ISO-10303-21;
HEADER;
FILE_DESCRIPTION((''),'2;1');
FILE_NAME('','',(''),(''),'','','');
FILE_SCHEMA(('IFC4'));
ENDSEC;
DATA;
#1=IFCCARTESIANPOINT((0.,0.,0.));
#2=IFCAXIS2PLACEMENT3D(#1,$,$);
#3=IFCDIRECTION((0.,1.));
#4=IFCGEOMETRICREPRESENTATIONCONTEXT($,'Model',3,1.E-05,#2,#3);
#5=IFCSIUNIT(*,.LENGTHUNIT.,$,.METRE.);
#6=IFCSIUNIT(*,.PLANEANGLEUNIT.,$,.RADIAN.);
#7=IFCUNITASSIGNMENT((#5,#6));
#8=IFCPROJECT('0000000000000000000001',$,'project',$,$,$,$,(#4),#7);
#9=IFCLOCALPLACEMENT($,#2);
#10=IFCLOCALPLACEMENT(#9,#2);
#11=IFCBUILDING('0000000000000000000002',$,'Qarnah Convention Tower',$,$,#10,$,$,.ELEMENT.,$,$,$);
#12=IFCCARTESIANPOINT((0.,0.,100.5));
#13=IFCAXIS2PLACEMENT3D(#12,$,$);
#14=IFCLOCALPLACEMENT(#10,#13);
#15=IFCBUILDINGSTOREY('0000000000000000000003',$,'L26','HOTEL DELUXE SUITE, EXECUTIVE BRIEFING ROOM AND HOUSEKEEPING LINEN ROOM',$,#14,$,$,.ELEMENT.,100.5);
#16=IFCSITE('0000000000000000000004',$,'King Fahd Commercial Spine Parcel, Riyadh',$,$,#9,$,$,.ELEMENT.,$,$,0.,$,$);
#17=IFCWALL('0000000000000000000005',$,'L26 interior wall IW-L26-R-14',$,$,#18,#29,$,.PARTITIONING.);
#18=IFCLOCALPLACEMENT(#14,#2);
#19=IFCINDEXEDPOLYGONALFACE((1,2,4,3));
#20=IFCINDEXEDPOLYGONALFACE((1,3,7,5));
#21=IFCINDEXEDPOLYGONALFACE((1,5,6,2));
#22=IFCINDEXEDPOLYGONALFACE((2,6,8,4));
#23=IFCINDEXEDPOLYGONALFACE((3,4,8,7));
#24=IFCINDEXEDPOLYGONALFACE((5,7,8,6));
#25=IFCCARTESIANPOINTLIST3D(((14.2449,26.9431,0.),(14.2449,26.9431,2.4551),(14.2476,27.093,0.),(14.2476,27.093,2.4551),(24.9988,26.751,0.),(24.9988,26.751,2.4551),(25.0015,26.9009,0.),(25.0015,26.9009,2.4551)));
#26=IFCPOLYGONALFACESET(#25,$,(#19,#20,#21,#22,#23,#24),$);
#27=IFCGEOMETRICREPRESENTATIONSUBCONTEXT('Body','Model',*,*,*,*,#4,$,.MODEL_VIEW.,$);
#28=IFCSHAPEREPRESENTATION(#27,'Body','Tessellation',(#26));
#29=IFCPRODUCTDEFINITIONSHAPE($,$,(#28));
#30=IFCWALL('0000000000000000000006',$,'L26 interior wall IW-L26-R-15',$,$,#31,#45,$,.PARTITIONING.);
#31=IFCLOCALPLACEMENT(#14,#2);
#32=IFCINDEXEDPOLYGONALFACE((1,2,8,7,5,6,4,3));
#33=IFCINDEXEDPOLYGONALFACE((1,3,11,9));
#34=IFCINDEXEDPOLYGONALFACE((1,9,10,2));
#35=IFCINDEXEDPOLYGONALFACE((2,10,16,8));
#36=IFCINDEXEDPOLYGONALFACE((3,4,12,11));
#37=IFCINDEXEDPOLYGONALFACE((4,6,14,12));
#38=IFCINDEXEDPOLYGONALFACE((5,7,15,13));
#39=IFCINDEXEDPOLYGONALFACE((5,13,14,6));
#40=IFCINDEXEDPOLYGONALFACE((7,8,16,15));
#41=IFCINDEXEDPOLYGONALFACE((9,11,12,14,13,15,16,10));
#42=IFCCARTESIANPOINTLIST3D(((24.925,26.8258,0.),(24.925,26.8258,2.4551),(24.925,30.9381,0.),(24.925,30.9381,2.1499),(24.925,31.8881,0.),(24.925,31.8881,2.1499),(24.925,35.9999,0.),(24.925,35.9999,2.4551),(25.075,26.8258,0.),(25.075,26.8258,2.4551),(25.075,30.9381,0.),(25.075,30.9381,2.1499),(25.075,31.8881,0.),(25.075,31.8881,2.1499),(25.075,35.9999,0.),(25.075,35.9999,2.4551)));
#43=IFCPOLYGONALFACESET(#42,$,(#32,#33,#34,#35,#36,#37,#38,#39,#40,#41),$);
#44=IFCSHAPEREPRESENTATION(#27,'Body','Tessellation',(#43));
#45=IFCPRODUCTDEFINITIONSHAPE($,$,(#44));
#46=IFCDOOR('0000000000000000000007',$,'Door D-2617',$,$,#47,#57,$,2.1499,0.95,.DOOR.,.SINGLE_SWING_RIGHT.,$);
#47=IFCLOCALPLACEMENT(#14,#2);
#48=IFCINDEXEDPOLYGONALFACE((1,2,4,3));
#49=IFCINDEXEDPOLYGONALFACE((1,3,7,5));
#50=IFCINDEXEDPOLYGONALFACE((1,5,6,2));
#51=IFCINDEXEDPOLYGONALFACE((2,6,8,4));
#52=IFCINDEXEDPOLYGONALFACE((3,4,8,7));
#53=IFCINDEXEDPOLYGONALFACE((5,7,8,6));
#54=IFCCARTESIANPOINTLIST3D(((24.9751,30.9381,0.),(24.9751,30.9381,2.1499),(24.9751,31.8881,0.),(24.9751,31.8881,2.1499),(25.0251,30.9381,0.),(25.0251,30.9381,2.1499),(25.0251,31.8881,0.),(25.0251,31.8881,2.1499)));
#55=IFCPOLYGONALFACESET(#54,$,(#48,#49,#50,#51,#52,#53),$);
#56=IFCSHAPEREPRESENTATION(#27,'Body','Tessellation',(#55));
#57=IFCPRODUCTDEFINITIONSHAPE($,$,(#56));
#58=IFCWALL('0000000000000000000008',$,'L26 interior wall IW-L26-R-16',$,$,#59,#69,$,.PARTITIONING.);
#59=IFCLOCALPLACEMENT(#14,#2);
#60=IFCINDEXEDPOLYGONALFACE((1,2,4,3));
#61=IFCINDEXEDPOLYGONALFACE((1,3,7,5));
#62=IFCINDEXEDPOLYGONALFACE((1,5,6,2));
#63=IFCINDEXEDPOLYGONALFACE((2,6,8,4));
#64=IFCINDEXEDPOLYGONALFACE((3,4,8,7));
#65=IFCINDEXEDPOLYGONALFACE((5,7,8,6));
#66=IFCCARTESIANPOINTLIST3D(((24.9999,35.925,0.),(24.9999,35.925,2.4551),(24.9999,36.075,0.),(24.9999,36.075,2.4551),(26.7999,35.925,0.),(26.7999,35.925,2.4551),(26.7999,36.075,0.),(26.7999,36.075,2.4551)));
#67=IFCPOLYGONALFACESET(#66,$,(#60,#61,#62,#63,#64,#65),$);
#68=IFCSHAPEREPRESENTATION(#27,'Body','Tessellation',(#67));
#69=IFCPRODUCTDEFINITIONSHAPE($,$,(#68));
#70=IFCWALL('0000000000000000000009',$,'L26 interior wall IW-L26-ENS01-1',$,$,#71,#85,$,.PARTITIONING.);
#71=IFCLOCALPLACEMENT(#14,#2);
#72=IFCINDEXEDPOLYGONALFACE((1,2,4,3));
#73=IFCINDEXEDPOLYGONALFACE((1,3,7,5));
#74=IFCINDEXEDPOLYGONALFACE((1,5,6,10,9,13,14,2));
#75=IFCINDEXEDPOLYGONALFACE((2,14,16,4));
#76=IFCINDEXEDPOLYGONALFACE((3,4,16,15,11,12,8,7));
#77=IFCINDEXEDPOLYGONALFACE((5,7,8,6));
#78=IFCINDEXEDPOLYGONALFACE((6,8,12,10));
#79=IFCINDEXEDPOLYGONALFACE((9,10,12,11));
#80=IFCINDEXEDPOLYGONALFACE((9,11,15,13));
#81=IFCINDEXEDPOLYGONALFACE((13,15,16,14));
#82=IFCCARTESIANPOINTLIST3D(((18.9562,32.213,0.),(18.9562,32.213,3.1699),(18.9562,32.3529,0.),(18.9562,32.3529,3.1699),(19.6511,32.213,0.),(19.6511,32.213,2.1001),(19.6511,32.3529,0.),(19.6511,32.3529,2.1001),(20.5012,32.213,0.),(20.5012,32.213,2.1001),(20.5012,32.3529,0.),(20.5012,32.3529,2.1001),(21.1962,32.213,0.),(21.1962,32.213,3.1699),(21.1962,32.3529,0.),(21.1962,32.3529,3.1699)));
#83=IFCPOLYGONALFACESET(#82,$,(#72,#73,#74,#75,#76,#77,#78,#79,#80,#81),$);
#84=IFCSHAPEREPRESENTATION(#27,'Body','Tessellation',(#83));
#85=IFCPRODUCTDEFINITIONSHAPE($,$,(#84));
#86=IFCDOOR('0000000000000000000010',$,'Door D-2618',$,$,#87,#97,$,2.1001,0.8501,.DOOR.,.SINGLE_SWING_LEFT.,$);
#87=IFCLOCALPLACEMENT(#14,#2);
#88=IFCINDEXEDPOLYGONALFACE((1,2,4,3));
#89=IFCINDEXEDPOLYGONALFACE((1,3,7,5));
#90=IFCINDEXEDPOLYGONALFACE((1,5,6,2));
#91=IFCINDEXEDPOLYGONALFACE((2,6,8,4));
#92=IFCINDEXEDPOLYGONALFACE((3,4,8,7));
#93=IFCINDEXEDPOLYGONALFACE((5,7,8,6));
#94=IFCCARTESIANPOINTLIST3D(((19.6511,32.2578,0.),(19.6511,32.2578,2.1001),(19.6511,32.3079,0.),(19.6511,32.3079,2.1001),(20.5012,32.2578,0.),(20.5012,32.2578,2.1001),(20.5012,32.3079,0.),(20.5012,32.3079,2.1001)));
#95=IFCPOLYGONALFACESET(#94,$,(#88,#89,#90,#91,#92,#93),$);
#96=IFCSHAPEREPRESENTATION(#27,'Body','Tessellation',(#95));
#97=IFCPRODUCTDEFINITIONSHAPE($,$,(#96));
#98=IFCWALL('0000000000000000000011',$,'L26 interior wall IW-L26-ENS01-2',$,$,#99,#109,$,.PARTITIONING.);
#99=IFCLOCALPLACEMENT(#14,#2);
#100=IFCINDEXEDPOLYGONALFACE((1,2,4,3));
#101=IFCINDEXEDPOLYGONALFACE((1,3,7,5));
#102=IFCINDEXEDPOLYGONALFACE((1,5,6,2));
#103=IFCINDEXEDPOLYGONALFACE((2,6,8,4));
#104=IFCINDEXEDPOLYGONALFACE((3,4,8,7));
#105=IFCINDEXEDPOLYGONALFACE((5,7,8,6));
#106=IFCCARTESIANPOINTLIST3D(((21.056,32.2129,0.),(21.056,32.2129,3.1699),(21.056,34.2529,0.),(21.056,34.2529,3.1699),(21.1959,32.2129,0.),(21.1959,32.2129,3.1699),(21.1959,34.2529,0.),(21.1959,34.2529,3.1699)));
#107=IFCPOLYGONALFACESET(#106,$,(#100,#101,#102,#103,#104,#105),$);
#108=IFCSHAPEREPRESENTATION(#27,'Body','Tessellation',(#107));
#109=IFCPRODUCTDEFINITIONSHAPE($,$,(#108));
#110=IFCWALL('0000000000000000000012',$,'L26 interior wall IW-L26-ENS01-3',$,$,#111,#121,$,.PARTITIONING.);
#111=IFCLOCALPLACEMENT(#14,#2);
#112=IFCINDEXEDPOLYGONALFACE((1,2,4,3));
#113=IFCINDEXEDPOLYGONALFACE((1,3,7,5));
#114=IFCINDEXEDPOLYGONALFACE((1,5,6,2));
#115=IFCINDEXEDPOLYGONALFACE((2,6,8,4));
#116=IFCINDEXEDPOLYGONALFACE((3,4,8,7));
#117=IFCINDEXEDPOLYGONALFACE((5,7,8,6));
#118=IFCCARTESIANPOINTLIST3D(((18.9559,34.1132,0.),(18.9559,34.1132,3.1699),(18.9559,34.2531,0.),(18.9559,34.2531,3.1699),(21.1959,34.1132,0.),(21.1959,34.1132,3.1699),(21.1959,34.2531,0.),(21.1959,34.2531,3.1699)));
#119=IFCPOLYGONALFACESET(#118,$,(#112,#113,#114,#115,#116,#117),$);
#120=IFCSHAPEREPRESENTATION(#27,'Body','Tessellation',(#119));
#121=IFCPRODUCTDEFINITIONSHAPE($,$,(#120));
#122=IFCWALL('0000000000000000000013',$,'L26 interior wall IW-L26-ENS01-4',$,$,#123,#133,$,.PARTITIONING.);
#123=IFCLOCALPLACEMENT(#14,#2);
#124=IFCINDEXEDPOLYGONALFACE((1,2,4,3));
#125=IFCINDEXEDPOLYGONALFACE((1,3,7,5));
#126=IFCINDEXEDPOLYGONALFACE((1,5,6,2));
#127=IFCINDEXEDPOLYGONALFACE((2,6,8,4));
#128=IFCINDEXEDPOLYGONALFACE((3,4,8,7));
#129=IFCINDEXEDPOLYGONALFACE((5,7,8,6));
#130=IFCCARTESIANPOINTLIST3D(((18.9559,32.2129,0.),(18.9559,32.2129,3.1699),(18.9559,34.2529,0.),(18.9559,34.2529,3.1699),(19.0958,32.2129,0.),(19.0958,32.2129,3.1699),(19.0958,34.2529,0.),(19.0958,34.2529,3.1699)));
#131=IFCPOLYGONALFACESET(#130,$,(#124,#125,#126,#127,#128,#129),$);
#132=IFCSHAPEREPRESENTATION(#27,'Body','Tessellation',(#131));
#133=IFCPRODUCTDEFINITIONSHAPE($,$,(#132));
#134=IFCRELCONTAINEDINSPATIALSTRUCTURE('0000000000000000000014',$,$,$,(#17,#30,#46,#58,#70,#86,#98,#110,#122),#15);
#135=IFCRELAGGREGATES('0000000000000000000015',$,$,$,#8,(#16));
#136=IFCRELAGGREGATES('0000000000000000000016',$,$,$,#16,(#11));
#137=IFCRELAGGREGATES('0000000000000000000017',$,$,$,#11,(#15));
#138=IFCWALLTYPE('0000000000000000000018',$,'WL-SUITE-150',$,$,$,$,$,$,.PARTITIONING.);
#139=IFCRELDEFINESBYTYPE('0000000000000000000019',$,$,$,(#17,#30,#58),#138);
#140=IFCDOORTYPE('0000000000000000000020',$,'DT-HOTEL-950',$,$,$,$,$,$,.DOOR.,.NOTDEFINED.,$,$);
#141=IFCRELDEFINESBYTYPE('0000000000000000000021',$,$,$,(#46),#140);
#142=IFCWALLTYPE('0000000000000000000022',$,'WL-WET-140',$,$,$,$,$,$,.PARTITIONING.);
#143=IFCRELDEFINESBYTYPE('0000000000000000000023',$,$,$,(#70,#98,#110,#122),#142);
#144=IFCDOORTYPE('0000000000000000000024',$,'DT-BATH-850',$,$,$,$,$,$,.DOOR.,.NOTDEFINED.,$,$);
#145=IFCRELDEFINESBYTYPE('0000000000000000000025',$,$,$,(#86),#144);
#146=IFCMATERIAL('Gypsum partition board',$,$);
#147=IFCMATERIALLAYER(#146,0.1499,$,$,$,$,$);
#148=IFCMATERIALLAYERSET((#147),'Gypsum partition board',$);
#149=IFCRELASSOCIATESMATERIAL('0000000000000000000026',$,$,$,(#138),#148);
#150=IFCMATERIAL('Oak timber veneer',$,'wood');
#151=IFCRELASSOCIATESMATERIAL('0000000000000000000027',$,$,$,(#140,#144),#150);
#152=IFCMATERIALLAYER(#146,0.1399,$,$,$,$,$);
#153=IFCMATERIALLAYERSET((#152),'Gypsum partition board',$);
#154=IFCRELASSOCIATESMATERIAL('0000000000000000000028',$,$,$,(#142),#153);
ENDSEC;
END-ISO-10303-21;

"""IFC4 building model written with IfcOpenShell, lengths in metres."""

from ifc_helpers import new_model, si_unit, direction, frame, frame_2d, origin, place, context, subcontext, project, spatial, rectangle, extrude, material, layer, layer_set, type_object, element, fill, save


model = new_model("IFC4")

# Units and contexts
model_context = context("Model", 3, precision=1e-05, world=origin(), true_north=direction((0.0, 1.0)))
body_context = subcontext(model_context, "Body", "Model", "MODEL_VIEW")
ifc_project = project(units=[si_unit("LENGTHUNIT", "METRE"), si_unit("PLANEANGLEUNIT", "RADIAN")], contexts=[model_context])

# Site, building, storey
site_placement = place(None, origin())
site = spatial("IfcSite", under=ifc_project, at=site_placement, Name="King Fahd Commercial Spine Parcel, Riyadh", CompositionType="ELEMENT", RefElevation=0.0)
building_placement = place(site_placement, origin())
building = spatial("IfcBuilding", under=site, at=building_placement, Name="Qarnah Convention Tower", CompositionType="ELEMENT")
storey_placement = place(building_placement, frame((0.0, 0.0, 100.5)))
storey = spatial("IfcBuildingStorey", under=building, at=storey_placement, Name="L26", Description="HOTEL DELUXE SUITE, EXECUTIVE BRIEFING ROOM AND HOUSEKEEPING LINEN ROOM", CompositionType="ELEMENT", Elevation=100.5)

# Wall
ifc_material_1 = material(Name="Gypsum partition board")
ifc_layer_1 = layer(ifc_material_1, 0.1499)
ifc_layer_set_1 = layer_set([ifc_layer_1], Name="Gypsum partition board")
wall_type_1 = type_object("IfcWallType", Name="WL-SUITE-150", PredefinedType="PARTITIONING", material=ifc_layer_set_1)
wall_1_placement = place(storey_placement, frame((14.2461, 27.0181, 0.0), z_axis=(0.0, 0.0, 1.0), x_axis=(0.99984, -0.017864, 0.0)))
element("IfcWall", 1, at=wall_1_placement, inside=storey, type_object=wall_type_1, Name="L26 interior wall IW-L26-R-14", PredefinedType="PARTITIONING", context=body_context, shape_type="SweptSolid", body=[
    extrude(rectangle(XDim=10.7556, YDim=0.1499, at=frame_2d((5.3779, 0.0))), origin(), (0.0, 0.0, 1.0), 2.4551),
])

# Wall, opening, door
wall_2_placement = place(storey_placement, frame((25.0, 26.8259, 0.0), z_axis=(0.0, 0.0, 1.0), x_axis=(0.0, 1.0, 0.0)))
wall_2 = element("IfcWall", 2, at=wall_2_placement, inside=storey, type_object=wall_type_1, Name="L26 interior wall IW-L26-R-15", PredefinedType="PARTITIONING", context=body_context, shape_type="SweptSolid", body=[
    extrude(rectangle(XDim=9.1741, YDim=0.1499, at=frame_2d((4.5869, 0.0))), origin(), (0.0, 0.0, 1.0), 2.4551),
])
opening_1_placement = place(wall_2_placement, frame((4.1121, 0.0, 0.0)))
opening_1 = element("IfcOpeningElement", 3, at=opening_1_placement, cuts=wall_2, PredefinedType="OPENING", context=body_context, shape_type="SweptSolid", body=[
    extrude(rectangle(XDim=0.95, YDim=2.1499, at=frame_2d((0.4751, 1.075))), frame((0.0, 0.085, 0.0), z_axis=(0.0, -1.0, 0.0), x_axis=(1.0, 0.0, 0.0)), (0.0, 0.0, 1.0), 0.1699),
])
ifc_material_2 = material(Name="Oak timber veneer", Category="wood")
door_type_1 = type_object("IfcDoorType", Name="DT-HOTEL-950", OperationType="NOTDEFINED", PredefinedType="DOOR", material=ifc_material_2)
door_1_placement = place(opening_1_placement, origin())
door_1 = element("IfcDoor", 4, at=door_1_placement, inside=storey, type_object=door_type_1, Name="Door D-2617", OperationType="SINGLE_SWING_RIGHT", OverallHeight=2.1499, OverallWidth=0.95, PredefinedType="DOOR", context=body_context, shape_type="SweptSolid", body=[
    extrude(rectangle(XDim=0.95, YDim=2.1499, at=frame_2d((0.4751, 1.075))), frame((0.0, 0.0249, 0.0), z_axis=(0.0, -1.0, 0.0), x_axis=(1.0, 0.0, 0.0)), (0.0, 0.0, 1.0), 0.05),
])
fill(opening_1, door_1)

# Wall
wall_3_placement = place(storey_placement, frame((25.0, 36.0, 0.0), z_axis=(0.0, 0.0, 1.0), x_axis=(1.0, 0.0, 0.0)))
element("IfcWall", 5, at=wall_3_placement, inside=storey, type_object=wall_type_1, Name="L26 interior wall IW-L26-R-16", PredefinedType="PARTITIONING", context=body_context, shape_type="SweptSolid", body=[
    extrude(rectangle(XDim=1.8, YDim=0.1499, at=frame_2d((0.8999, 0.0))), origin(), (0.0, 0.0, 1.0), 2.4551),
])

# Wall, opening, door
ifc_layer_2 = layer(ifc_material_1, 0.1399)
ifc_layer_set_2 = layer_set([ifc_layer_2], Name="Gypsum partition board")
wall_type_2 = type_object("IfcWallType", Name="WL-WET-140", PredefinedType="PARTITIONING", material=ifc_layer_set_2)
wall_4_placement = place(storey_placement, frame((18.9561, 32.283, 0.0), z_axis=(0.0, 0.0, 1.0), x_axis=(1.0, 0.0, 0.0)))
wall_4 = element("IfcWall", 6, at=wall_4_placement, inside=storey, type_object=wall_type_2, Name="L26 interior wall IW-L26-ENS01-1", PredefinedType="PARTITIONING", context=body_context, shape_type="SweptSolid", body=[
    extrude(rectangle(XDim=2.24, YDim=0.1399, at=frame_2d((1.1201, 0.0))), origin(), (0.0, 0.0, 1.0), 3.1699),
])
opening_2_placement = place(wall_4_placement, frame((0.6951, 0.0, 0.0)))
opening_2 = element("IfcOpeningElement", 7, at=opening_2_placement, cuts=wall_4, PredefinedType="OPENING", context=body_context, shape_type="SweptSolid", body=[
    extrude(rectangle(XDim=0.8501, YDim=2.1001, at=frame_2d((0.425, 1.05))), frame((0.0, 0.0798, 0.0), z_axis=(0.0, -1.0, 0.0), x_axis=(1.0, 0.0, 0.0)), (0.0, 0.0, 1.0), 0.1599),
])
door_type_2 = type_object("IfcDoorType", Name="DT-BATH-850", OperationType="NOTDEFINED", PredefinedType="DOOR", material=ifc_material_2)
door_2_placement = place(opening_2_placement, origin())
door_2 = element("IfcDoor", 8, at=door_2_placement, inside=storey, type_object=door_type_2, Name="Door D-2618", OperationType="SINGLE_SWING_LEFT", OverallHeight=2.1001, OverallWidth=0.8501, PredefinedType="DOOR", context=body_context, shape_type="SweptSolid", body=[
    extrude(rectangle(XDim=0.8501, YDim=2.1001, at=frame_2d((0.425, 1.05))), frame((0.0, 0.0249, 0.0), z_axis=(0.0, -1.0, 0.0), x_axis=(1.0, 0.0, 0.0)), (0.0, 0.0, 1.0), 0.05),
])
fill(opening_2, door_2)

# Walls
wall_5_placement = place(storey_placement, frame((21.126, 32.2129, 0.0), z_axis=(0.0, 0.0, 1.0), x_axis=(0.0, 1.0, 0.0)))
element("IfcWall", 9, at=wall_5_placement, inside=storey, type_object=wall_type_2, Name="L26 interior wall IW-L26-ENS01-2", PredefinedType="PARTITIONING", context=body_context, shape_type="SweptSolid", body=[
    extrude(rectangle(XDim=2.04, YDim=0.1399, at=frame_2d((1.02, 0.0))), origin(), (0.0, 0.0, 1.0), 3.1699),
])
wall_6_placement = place(storey_placement, frame((21.196, 34.1831, 0.0), z_axis=(0.0, 0.0, 1.0), x_axis=(-1.0, 0.0, 0.0)))
element("IfcWall", 10, at=wall_6_placement, inside=storey, type_object=wall_type_2, Name="L26 interior wall IW-L26-ENS01-3", PredefinedType="PARTITIONING", context=body_context, shape_type="SweptSolid", body=[
    extrude(rectangle(XDim=2.24, YDim=0.1399, at=frame_2d((1.1201, 0.0))), origin(), (0.0, 0.0, 1.0), 3.1699),
])
wall_7_placement = place(storey_placement, frame((19.0259, 34.2529, 0.0), z_axis=(0.0, 0.0, 1.0), x_axis=(0.0, -1.0, 0.0)))
element("IfcWall", 11, at=wall_7_placement, inside=storey, type_object=wall_type_2, Name="L26 interior wall IW-L26-ENS01-4", PredefinedType="PARTITIONING", context=body_context, shape_type="SweptSolid", body=[
    extrude(rectangle(XDim=2.04, YDim=0.1399, at=frame_2d((1.02, 0.0))), origin(), (0.0, 0.0, 1.0), 3.1699),
])

save(model, "model.ifc")
